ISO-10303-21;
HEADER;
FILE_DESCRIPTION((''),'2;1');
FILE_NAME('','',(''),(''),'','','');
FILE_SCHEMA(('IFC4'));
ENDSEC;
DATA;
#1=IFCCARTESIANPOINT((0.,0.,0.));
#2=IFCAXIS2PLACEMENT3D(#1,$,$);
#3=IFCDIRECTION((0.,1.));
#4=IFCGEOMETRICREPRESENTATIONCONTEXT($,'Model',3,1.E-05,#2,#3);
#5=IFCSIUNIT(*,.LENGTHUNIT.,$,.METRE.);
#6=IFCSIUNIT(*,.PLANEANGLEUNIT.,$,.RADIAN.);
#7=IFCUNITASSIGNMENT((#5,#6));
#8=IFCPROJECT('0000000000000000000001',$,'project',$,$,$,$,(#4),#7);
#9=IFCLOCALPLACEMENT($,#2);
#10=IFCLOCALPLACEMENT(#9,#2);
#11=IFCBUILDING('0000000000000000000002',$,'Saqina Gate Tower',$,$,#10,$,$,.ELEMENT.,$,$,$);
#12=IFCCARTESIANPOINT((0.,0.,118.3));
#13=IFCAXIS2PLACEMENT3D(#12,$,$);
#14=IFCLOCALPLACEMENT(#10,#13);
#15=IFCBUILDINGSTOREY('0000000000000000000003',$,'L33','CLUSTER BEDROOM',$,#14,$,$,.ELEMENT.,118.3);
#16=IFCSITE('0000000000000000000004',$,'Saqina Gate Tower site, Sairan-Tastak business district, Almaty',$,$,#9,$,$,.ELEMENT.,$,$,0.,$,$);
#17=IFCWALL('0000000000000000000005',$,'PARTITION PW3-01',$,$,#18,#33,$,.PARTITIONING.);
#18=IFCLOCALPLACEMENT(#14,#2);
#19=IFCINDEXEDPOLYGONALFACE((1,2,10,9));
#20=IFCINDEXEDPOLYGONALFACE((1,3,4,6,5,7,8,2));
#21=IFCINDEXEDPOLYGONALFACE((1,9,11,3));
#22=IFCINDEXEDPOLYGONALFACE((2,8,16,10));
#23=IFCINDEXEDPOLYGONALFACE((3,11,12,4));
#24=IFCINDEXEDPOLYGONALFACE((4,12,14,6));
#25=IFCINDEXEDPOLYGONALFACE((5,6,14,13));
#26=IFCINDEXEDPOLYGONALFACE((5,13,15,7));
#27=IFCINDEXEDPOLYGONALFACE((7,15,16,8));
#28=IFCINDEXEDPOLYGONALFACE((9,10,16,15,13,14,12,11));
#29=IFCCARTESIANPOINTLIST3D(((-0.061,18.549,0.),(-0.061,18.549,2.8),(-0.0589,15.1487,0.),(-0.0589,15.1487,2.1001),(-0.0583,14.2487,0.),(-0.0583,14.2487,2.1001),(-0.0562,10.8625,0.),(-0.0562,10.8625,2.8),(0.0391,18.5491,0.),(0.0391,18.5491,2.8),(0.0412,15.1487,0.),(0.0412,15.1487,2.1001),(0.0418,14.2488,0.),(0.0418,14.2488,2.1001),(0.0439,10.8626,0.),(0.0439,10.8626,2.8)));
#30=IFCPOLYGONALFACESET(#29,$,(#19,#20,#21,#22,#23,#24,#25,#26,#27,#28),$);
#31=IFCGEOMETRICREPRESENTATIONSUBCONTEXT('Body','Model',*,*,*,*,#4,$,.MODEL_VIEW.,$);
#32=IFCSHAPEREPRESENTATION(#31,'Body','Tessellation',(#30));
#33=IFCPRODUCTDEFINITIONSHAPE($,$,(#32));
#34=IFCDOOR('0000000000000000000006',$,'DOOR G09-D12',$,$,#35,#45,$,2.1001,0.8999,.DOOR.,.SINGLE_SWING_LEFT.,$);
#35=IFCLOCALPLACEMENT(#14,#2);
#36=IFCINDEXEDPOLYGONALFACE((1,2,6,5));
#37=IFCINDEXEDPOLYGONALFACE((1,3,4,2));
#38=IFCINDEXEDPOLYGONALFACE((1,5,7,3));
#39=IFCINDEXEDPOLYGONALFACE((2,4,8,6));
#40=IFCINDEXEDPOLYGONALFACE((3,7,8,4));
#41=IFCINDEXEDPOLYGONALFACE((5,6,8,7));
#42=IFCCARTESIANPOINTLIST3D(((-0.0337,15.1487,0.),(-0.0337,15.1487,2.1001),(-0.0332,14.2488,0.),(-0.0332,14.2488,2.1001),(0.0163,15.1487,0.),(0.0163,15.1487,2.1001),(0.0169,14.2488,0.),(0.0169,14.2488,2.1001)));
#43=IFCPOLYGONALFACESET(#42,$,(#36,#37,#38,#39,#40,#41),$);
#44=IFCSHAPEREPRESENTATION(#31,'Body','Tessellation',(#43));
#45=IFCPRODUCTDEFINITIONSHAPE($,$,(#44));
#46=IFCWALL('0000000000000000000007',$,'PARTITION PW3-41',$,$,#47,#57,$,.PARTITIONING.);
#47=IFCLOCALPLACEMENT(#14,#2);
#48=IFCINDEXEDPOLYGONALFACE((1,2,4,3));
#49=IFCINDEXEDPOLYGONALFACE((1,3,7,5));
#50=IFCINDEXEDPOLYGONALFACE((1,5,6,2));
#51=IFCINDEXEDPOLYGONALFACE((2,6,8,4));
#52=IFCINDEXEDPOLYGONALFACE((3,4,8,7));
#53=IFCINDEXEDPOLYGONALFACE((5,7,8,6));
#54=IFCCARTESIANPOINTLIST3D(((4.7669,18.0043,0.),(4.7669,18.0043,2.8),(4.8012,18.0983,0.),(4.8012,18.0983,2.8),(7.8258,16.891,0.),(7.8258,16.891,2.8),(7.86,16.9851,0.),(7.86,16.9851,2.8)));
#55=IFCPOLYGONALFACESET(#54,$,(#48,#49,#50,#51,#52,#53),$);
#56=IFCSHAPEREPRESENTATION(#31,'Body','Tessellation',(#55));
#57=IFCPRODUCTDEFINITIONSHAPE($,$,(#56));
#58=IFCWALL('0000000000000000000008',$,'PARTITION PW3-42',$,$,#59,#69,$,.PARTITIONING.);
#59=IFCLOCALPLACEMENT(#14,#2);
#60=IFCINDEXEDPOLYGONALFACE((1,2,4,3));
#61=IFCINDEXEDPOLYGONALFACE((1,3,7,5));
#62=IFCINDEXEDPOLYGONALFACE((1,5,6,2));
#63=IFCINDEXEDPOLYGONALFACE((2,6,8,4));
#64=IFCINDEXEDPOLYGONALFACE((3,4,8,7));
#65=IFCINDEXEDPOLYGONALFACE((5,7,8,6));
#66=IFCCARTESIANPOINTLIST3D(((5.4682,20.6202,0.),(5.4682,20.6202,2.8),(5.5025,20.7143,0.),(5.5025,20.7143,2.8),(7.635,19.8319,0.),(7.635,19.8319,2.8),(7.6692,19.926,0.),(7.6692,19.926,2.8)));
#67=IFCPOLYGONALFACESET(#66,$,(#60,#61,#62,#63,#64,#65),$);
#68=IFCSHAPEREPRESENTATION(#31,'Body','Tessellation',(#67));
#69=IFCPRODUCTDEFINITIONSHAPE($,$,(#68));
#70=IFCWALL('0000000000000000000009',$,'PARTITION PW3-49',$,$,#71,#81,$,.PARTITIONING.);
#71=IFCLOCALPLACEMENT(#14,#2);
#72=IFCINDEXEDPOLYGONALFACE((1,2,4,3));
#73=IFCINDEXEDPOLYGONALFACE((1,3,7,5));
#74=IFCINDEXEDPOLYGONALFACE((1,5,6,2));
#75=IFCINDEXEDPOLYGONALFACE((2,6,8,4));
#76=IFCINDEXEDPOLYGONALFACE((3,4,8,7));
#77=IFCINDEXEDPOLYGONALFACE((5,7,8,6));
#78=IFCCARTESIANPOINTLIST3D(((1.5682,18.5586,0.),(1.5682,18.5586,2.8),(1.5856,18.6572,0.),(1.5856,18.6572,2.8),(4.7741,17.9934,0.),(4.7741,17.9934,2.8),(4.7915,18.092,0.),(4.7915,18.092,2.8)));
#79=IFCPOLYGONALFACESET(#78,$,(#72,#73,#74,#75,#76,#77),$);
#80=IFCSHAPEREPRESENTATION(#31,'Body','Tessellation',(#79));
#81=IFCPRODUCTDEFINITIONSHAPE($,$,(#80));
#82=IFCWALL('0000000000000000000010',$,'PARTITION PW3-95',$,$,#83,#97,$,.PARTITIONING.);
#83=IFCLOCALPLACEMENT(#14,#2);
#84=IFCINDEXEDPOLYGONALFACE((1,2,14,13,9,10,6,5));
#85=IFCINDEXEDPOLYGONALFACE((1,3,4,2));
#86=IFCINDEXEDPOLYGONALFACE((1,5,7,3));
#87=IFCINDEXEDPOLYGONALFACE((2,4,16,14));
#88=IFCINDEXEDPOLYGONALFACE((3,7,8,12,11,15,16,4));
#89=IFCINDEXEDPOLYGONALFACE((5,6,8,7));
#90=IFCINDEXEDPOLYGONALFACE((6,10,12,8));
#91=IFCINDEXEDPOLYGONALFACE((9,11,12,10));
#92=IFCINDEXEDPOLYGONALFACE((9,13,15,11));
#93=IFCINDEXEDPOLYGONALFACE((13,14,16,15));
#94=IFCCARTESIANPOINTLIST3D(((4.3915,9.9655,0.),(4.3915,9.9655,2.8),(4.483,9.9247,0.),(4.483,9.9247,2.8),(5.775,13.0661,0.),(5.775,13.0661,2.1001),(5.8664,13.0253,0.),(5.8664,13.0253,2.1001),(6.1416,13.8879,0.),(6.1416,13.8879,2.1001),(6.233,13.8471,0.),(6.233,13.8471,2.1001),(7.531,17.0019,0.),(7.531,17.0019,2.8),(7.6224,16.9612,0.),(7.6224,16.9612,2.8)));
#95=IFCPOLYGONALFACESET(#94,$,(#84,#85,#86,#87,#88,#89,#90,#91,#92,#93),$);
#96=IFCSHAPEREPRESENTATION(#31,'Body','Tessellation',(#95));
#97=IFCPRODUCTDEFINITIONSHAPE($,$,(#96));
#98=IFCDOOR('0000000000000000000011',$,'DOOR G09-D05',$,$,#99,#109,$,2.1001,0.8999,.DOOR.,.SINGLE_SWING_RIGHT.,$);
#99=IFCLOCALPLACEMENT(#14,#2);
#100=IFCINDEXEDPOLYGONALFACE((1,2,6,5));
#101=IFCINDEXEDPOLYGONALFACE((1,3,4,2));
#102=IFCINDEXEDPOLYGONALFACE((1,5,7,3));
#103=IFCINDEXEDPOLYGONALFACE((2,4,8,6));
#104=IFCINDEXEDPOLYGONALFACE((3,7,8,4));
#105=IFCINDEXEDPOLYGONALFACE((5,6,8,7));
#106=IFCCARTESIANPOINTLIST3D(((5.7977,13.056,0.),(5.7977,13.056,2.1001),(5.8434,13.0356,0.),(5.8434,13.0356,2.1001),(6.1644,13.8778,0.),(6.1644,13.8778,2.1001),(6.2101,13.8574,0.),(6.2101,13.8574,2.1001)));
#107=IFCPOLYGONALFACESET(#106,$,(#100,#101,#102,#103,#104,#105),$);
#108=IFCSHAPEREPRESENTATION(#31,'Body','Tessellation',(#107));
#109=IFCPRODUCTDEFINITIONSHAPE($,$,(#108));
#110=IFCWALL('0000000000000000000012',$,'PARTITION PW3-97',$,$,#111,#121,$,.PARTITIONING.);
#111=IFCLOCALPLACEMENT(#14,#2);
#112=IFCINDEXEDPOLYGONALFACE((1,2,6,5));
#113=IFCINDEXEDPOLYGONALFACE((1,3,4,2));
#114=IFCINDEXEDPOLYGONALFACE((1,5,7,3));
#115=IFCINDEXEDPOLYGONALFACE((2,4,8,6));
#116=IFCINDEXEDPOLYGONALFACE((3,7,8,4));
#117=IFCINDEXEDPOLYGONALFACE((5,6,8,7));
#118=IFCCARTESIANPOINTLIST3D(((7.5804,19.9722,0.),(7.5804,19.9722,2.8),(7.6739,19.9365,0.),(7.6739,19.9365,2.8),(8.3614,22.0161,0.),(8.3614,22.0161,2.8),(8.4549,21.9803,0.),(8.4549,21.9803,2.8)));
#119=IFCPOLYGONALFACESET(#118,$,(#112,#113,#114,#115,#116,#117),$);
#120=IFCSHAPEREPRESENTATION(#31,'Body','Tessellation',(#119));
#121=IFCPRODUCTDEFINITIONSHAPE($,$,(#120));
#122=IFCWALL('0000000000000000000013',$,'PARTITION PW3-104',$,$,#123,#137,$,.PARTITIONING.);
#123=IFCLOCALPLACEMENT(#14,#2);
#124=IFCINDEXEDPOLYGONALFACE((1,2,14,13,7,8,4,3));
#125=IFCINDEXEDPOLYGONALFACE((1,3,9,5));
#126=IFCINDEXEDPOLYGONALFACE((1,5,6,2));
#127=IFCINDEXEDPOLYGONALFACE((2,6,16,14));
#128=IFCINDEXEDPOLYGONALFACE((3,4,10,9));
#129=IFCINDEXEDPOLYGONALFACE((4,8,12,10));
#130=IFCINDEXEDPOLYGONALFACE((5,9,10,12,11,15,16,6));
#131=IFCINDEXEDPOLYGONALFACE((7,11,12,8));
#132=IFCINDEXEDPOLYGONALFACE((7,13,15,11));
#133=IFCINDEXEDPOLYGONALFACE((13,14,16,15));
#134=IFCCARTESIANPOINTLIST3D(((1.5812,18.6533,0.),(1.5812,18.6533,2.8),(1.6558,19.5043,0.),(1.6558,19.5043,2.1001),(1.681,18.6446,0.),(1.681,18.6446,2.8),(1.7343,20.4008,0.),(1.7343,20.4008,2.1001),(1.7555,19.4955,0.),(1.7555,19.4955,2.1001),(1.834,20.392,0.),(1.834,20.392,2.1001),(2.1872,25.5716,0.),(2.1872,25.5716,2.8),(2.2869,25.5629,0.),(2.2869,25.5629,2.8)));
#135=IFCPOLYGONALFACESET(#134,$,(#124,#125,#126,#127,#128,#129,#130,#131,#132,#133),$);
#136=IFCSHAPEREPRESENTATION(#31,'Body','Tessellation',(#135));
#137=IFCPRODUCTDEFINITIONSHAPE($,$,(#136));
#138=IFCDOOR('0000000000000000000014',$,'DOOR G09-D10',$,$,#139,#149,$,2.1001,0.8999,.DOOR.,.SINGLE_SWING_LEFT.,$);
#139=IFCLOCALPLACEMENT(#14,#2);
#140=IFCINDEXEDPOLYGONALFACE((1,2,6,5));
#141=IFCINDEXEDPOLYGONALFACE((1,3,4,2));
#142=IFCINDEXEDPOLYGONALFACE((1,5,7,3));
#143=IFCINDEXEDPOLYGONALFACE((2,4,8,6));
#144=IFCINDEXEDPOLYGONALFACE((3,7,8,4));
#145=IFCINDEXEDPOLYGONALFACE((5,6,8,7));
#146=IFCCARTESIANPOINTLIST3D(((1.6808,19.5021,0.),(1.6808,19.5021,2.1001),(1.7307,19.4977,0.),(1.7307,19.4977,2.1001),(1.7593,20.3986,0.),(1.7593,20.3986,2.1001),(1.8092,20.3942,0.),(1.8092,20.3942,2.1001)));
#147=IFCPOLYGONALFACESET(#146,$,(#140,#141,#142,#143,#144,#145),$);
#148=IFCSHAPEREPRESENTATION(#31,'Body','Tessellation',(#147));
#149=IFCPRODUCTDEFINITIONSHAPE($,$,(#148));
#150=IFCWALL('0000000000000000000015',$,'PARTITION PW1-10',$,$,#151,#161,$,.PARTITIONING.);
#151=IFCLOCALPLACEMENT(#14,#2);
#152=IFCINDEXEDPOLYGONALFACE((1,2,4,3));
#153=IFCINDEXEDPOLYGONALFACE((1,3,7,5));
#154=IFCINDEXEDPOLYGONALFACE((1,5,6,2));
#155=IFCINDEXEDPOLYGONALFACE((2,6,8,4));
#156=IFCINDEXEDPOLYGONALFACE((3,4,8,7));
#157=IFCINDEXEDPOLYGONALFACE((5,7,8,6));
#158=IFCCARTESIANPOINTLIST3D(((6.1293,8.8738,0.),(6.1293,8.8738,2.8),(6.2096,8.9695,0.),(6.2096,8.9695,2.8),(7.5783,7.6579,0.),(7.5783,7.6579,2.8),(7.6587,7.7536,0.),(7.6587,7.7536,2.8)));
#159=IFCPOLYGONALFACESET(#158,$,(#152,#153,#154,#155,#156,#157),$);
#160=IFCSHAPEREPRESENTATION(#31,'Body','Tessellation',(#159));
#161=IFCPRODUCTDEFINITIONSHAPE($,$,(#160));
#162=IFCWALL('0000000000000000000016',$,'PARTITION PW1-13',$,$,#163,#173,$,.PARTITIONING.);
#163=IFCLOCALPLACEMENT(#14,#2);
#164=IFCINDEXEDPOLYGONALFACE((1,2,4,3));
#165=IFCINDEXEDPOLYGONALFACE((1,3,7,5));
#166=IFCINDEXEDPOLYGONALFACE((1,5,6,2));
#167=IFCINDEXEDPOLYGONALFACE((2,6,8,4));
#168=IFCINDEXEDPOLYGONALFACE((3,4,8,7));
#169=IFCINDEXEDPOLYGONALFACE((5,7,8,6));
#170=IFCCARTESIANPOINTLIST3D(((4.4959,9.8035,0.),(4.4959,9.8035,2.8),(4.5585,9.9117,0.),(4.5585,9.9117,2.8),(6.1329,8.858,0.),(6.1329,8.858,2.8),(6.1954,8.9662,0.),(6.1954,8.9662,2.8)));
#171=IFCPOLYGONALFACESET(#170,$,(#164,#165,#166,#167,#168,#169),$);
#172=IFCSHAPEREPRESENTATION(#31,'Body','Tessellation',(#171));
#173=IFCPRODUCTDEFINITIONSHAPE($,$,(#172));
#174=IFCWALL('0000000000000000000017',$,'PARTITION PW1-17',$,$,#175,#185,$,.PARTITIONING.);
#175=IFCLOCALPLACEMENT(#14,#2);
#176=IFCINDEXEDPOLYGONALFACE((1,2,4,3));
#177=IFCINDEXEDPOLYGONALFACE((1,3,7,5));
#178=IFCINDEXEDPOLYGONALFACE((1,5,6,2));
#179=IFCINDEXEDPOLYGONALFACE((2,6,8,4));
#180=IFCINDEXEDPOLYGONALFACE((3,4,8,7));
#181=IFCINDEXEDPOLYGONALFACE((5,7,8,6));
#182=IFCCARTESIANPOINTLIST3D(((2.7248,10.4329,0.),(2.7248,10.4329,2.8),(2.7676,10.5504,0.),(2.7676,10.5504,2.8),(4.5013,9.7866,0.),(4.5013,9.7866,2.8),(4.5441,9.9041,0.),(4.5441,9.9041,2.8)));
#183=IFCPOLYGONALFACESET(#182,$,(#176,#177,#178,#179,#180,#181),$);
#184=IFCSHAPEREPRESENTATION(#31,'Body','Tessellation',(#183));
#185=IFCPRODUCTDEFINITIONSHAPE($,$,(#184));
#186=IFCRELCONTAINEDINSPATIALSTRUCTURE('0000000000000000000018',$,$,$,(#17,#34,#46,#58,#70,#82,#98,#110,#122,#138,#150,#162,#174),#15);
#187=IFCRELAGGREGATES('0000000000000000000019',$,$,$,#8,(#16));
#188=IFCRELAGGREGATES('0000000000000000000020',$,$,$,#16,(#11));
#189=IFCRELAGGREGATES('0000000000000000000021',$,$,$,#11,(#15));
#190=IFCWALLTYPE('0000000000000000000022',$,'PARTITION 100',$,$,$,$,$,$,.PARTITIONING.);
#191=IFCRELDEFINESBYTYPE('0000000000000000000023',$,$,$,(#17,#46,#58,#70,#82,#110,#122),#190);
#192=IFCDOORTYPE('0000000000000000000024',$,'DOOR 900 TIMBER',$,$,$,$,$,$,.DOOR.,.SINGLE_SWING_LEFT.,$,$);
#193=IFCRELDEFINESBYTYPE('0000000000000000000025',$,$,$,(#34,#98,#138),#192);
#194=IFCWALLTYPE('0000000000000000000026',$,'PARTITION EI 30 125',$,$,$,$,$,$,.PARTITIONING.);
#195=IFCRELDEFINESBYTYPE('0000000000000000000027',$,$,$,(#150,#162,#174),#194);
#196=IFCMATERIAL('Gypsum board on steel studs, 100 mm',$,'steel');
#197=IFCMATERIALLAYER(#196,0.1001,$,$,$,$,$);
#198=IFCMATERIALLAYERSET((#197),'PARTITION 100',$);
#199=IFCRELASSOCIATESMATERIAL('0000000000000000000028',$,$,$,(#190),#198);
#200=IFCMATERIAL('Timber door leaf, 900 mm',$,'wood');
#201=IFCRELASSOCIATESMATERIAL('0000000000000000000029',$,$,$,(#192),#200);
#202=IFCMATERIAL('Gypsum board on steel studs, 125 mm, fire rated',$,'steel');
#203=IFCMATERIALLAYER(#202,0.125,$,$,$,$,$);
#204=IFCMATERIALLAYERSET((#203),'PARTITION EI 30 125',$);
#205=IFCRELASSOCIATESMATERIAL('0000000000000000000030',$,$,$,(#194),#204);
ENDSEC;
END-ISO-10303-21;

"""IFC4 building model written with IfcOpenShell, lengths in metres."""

from ifc_helpers import new_model, si_unit, direction, frame, frame_2d, origin, place, context, subcontext, project, spatial, rectangle, extrude, material, layer, layer_set, type_object, element, fill, save


model = new_model("IFC4")

# Units and contexts
model_context = context("Model", 3, precision=1e-05, world=origin(), true_north=direction((0.0, 1.0)))
body_context = subcontext(model_context, "Body", "Model", "MODEL_VIEW")
ifc_project = project(units=[si_unit("LENGTHUNIT", "METRE"), si_unit("PLANEANGLEUNIT", "RADIAN")], contexts=[model_context])

# Site, building, storey
site_placement = place(None, origin())
site = spatial("IfcSite", under=ifc_project, at=site_placement, Name="Saqina Gate Tower site, Sairan-Tastak business district, Almaty", CompositionType="ELEMENT", RefElevation=0.0)
building_placement = place(site_placement, origin())
building = spatial("IfcBuilding", under=site, at=building_placement, Name="Saqina Gate Tower", CompositionType="ELEMENT")
storey_placement = place(building_placement, frame((0.0, 0.0, 118.3)))
storey = spatial("IfcBuildingStorey", under=building, at=storey_placement, Name="L33", Description="CLUSTER BEDROOM", CompositionType="ELEMENT", Elevation=118.3)

# Wall, opening, door
ifc_material_1 = material(Name="Gypsum board on steel studs, 100 mm", Category="steel")
ifc_layer_1 = layer(ifc_material_1, 0.1001)
ifc_layer_set_1 = layer_set([ifc_layer_1], Name="PARTITION 100")
wall_type_1 = type_object("IfcWallType", Name="PARTITION 100", PredefinedType="PARTITIONING", material=ifc_layer_set_1)
wall_1_placement = place(storey_placement, frame((-0.011, 18.5491, 0.0), z_axis=(0.0, 0.0, 1.0), x_axis=(0.000635, -1.0, 0.0)))
wall_1 = element("IfcWall", 1, at=wall_1_placement, inside=storey, type_object=wall_type_1, Name="PARTITION PW3-01", PredefinedType="PARTITIONING", context=body_context, shape_type="SweptSolid", body=[
    extrude(rectangle(XDim=7.6865, YDim=0.1001, at=frame_2d((3.8433, 0.0))), origin(), (0.0, 0.0, 1.0), 2.8),
])
opening_1_placement = place(wall_1_placement, frame((3.4004, 0.0, 0.0)))
opening_1 = element("IfcOpeningElement", 2, at=opening_1_placement, cuts=wall_1, PredefinedType="OPENING", context=body_context, shape_type="SweptSolid", body=[
    extrude(rectangle(XDim=0.8999, YDim=2.1001, at=frame_2d((0.45, 1.05))), frame((0.0, 0.062, 0.0), z_axis=(0.0, -1.0, 0.0), x_axis=(1.0, 0.0, 0.0)), (0.0, 0.0, 1.0), 0.124),
])
ifc_material_2 = material(Name="Timber door leaf, 900 mm", Category="wood")
door_type_1 = type_object("IfcDoorType", Name="DOOR 900 TIMBER", OperationType="SINGLE_SWING_LEFT", PredefinedType="DOOR", material=ifc_material_2)
door_1_placement = place(opening_1_placement, frame((0.8999, 0.0, 0.0), z_axis=(0.0, 0.0, 1.0), x_axis=(-1.0, 0.0, 0.0)))
door_1 = element("IfcDoor", 3, at=door_1_placement, inside=storey, type_object=door_type_1, Name="DOOR G09-D12", OperationType="SINGLE_SWING_LEFT", OverallHeight=2.1001, OverallWidth=0.8999, PredefinedType="DOOR", context=body_context, shape_type="SweptSolid", body=[
    extrude(rectangle(XDim=0.8999, YDim=2.1001, at=frame_2d((0.45, 1.05))), frame((0.0, 0.0249, 0.0), z_axis=(0.0, -1.0, 0.0), x_axis=(1.0, 0.0, 0.0)), (0.0, 0.0, 1.0), 0.05),
])
fill(opening_1, door_1)

# Walls
wall_2_placement = place(storey_placement, frame((4.7842, 18.0513, 0.0), z_axis=(0.0, 0.0, 1.0), x_axis=(0.939697, -0.342008, 0.0)))
element("IfcWall", 4, at=wall_2_placement, inside=storey, type_object=wall_type_1, Name="PARTITION PW3-41", PredefinedType="PARTITIONING", context=body_context, shape_type="SweptSolid", body=[
    extrude(rectangle(XDim=3.2551, YDim=0.1001, at=frame_2d((1.6274, 0.0))), origin(), (0.0, 0.0, 1.0), 2.8),
])
wall_3_placement = place(storey_placement, frame((5.4854, 20.6672, 0.0), z_axis=(0.0, 0.0, 1.0), x_axis=(0.939735, -0.341905, 0.0)))
element("IfcWall", 5, at=wall_3_placement, inside=storey, type_object=wall_type_1, Name="PARTITION PW3-42", PredefinedType="PARTITIONING", context=body_context, shape_type="SweptSolid", body=[
    extrude(rectangle(XDim=2.3057, YDim=0.1001, at=frame_2d((1.1528, 0.0))), origin(), (0.0, 0.0, 1.0), 2.8),
])
wall_4_placement = place(storey_placement, frame((1.5769, 18.6079, 0.0), z_axis=(0.0, 0.0, 1.0), x_axis=(0.984812, -0.173623, 0.0)))
element("IfcWall", 6, at=wall_4_placement, inside=storey, type_object=wall_type_1, Name="PARTITION PW3-49", PredefinedType="PARTITIONING", context=body_context, shape_type="SweptSolid", body=[
    extrude(rectangle(XDim=3.2554, YDim=0.1001, at=frame_2d((1.6277, 0.0))), origin(), (0.0, 0.0, 1.0), 2.8),
])

# Wall, opening, door
wall_5_placement = place(storey_placement, frame((4.4373, 9.9451, 0.0), z_axis=(0.0, 0.0, 1.0), x_axis=(0.407452, 0.913227, 0.0)))
wall_5 = element("IfcWall", 7, at=wall_5_placement, inside=storey, type_object=wall_type_1, Name="PARTITION PW3-95", PredefinedType="PARTITIONING", context=body_context, shape_type="SweptSolid", body=[
    extrude(rectangle(XDim=7.7051, YDim=0.1001, at=frame_2d((3.8525, 0.0))), origin(), (0.0, 0.0, 1.0), 2.8),
])
opening_2_placement = place(wall_5_placement, frame((3.3953, 0.0, 0.0)))
opening_2 = element("IfcOpeningElement", 8, at=opening_2_placement, cuts=wall_5, PredefinedType="OPENING", context=body_context, shape_type="SweptSolid", body=[
    extrude(rectangle(XDim=0.8999, YDim=2.1001, at=frame_2d((0.45, 1.05))), frame((0.0, 0.062, 0.0), z_axis=(0.0, -1.0, 0.0), x_axis=(1.0, 0.0, 0.0)), (0.0, 0.0, 1.0), 0.124),
])
door_2_placement = place(opening_2_placement, frame((0.8999, 0.0, 0.0), z_axis=(0.0, 0.0, 1.0), x_axis=(-1.0, 0.0, 0.0)))
door_2 = element("IfcDoor", 9, at=door_2_placement, inside=storey, type_object=door_type_1, Name="DOOR G09-D05", OperationType="SINGLE_SWING_RIGHT", OverallHeight=2.1001, OverallWidth=0.8999, PredefinedType="DOOR", context=body_context, shape_type="SweptSolid", body=[
    extrude(rectangle(XDim=0.8999, YDim=2.1001, at=frame_2d((0.45, 1.05))), frame((0.0, 0.0249, 0.0), z_axis=(0.0, -1.0, 0.0), x_axis=(1.0, 0.0, 0.0)), (0.0, 0.0, 1.0), 0.05),
])
fill(opening_2, door_2)

# Wall
wall_6_placement = place(storey_placement, frame((7.6272, 19.9543, 0.0), z_axis=(0.0, 0.0, 1.0), x_axis=(0.356937, 0.934128, 0.0)))
element("IfcWall", 10, at=wall_6_placement, inside=storey, type_object=wall_type_1, Name="PARTITION PW3-97", PredefinedType="PARTITIONING", context=body_context, shape_type="SweptSolid", body=[
    extrude(rectangle(XDim=2.188, YDim=0.1001, at=frame_2d((1.094, 0.0))), origin(), (0.0, 0.0, 1.0), 2.8),
])

# Wall, opening, door
wall_7_placement = place(storey_placement, frame((1.6311, 18.6489, 0.0), z_axis=(0.0, 0.0, 1.0), x_axis=(0.087252, 0.996186, 0.0)))
wall_7 = element("IfcWall", 11, at=wall_7_placement, inside=storey, type_object=wall_type_1, Name="PARTITION PW3-104", PredefinedType="PARTITIONING", context=body_context, shape_type="SweptSolid", body=[
    extrude(rectangle(XDim=6.9448, YDim=0.1001, at=frame_2d((3.4724, 0.0))), origin(), (0.0, 0.0, 1.0), 2.8),
])
opening_3_placement = place(wall_7_placement, frame((0.8542, 0.0, 0.0)))
opening_3 = element("IfcOpeningElement", 12, at=opening_3_placement, cuts=wall_7, PredefinedType="OPENING", context=body_context, shape_type="SweptSolid", body=[
    extrude(rectangle(XDim=0.8999, YDim=2.1001, at=frame_2d((0.45, 1.05))), frame((0.0, 0.062, 0.0), z_axis=(0.0, -1.0, 0.0), x_axis=(1.0, 0.0, 0.0)), (0.0, 0.0, 1.0), 0.124),
])
door_3_placement = place(opening_3_placement, origin())
door_3 = element("IfcDoor", 13, at=door_3_placement, inside=storey, type_object=door_type_1, Name="DOOR G09-D10", OperationType="SINGLE_SWING_LEFT", OverallHeight=2.1001, OverallWidth=0.8999, PredefinedType="DOOR", context=body_context, shape_type="SweptSolid", body=[
    extrude(rectangle(XDim=0.8999, YDim=2.1001, at=frame_2d((0.45, 1.05))), frame((0.0, 0.0249, 0.0), z_axis=(0.0, -1.0, 0.0), x_axis=(1.0, 0.0, 0.0)), (0.0, 0.0, 1.0), 0.05),
])
fill(opening_3, door_3)

# Walls
ifc_material_3 = material(Name="Gypsum board on steel studs, 125 mm, fire rated", Category="steel")
ifc_layer_2 = layer(ifc_material_3, 0.125)
ifc_layer_set_2 = layer_set([ifc_layer_2], Name="PARTITION EI 30 125")
wall_type_2 = type_object("IfcWallType", Name="PARTITION EI 30 125", PredefinedType="PARTITIONING", material=ifc_layer_set_2)
wall_8_placement = place(storey_placement, frame((6.1694, 8.9216, 0.0), z_axis=(0.0, 0.0, 1.0), x_axis=(0.766048, -0.642783, 0.0)))
element("IfcWall", 14, at=wall_8_placement, inside=storey, type_object=wall_type_2, Name="PARTITION PW1-10", PredefinedType="PARTITIONING", context=body_context, shape_type="SweptSolid", body=[
    extrude(rectangle(XDim=1.8916, YDim=0.125, at=frame_2d((0.9458, 0.0))), origin(), (0.0, 0.0, 1.0), 2.8),
])
for number, where, z_axis, x_axis, name in (
    (15, (4.5271, 9.8577, 0.0), (0.0, 0.0, 1.0), (0.865921, -0.500181, 0.0), "PARTITION PW1-13"),
    (16, (2.7461, 10.4917, 0.0), (0.0, 0.0, 1.0), (0.939744, -0.341878, 0.0), "PARTITION PW1-17"),
):
    element("IfcWall", number, at=place(storey_placement, frame(where, z_axis=z_axis, x_axis=x_axis)), inside=storey, type_object=wall_type_2, Name=name, PredefinedType="PARTITIONING", context=body_context, shape_type="SweptSolid", body=[
        extrude(rectangle(XDim=1.8904, YDim=0.125, at=frame_2d((0.9453, 0.0))), origin(), (0.0, 0.0, 1.0), 2.8),
    ])

save(model, "model.ifc")
